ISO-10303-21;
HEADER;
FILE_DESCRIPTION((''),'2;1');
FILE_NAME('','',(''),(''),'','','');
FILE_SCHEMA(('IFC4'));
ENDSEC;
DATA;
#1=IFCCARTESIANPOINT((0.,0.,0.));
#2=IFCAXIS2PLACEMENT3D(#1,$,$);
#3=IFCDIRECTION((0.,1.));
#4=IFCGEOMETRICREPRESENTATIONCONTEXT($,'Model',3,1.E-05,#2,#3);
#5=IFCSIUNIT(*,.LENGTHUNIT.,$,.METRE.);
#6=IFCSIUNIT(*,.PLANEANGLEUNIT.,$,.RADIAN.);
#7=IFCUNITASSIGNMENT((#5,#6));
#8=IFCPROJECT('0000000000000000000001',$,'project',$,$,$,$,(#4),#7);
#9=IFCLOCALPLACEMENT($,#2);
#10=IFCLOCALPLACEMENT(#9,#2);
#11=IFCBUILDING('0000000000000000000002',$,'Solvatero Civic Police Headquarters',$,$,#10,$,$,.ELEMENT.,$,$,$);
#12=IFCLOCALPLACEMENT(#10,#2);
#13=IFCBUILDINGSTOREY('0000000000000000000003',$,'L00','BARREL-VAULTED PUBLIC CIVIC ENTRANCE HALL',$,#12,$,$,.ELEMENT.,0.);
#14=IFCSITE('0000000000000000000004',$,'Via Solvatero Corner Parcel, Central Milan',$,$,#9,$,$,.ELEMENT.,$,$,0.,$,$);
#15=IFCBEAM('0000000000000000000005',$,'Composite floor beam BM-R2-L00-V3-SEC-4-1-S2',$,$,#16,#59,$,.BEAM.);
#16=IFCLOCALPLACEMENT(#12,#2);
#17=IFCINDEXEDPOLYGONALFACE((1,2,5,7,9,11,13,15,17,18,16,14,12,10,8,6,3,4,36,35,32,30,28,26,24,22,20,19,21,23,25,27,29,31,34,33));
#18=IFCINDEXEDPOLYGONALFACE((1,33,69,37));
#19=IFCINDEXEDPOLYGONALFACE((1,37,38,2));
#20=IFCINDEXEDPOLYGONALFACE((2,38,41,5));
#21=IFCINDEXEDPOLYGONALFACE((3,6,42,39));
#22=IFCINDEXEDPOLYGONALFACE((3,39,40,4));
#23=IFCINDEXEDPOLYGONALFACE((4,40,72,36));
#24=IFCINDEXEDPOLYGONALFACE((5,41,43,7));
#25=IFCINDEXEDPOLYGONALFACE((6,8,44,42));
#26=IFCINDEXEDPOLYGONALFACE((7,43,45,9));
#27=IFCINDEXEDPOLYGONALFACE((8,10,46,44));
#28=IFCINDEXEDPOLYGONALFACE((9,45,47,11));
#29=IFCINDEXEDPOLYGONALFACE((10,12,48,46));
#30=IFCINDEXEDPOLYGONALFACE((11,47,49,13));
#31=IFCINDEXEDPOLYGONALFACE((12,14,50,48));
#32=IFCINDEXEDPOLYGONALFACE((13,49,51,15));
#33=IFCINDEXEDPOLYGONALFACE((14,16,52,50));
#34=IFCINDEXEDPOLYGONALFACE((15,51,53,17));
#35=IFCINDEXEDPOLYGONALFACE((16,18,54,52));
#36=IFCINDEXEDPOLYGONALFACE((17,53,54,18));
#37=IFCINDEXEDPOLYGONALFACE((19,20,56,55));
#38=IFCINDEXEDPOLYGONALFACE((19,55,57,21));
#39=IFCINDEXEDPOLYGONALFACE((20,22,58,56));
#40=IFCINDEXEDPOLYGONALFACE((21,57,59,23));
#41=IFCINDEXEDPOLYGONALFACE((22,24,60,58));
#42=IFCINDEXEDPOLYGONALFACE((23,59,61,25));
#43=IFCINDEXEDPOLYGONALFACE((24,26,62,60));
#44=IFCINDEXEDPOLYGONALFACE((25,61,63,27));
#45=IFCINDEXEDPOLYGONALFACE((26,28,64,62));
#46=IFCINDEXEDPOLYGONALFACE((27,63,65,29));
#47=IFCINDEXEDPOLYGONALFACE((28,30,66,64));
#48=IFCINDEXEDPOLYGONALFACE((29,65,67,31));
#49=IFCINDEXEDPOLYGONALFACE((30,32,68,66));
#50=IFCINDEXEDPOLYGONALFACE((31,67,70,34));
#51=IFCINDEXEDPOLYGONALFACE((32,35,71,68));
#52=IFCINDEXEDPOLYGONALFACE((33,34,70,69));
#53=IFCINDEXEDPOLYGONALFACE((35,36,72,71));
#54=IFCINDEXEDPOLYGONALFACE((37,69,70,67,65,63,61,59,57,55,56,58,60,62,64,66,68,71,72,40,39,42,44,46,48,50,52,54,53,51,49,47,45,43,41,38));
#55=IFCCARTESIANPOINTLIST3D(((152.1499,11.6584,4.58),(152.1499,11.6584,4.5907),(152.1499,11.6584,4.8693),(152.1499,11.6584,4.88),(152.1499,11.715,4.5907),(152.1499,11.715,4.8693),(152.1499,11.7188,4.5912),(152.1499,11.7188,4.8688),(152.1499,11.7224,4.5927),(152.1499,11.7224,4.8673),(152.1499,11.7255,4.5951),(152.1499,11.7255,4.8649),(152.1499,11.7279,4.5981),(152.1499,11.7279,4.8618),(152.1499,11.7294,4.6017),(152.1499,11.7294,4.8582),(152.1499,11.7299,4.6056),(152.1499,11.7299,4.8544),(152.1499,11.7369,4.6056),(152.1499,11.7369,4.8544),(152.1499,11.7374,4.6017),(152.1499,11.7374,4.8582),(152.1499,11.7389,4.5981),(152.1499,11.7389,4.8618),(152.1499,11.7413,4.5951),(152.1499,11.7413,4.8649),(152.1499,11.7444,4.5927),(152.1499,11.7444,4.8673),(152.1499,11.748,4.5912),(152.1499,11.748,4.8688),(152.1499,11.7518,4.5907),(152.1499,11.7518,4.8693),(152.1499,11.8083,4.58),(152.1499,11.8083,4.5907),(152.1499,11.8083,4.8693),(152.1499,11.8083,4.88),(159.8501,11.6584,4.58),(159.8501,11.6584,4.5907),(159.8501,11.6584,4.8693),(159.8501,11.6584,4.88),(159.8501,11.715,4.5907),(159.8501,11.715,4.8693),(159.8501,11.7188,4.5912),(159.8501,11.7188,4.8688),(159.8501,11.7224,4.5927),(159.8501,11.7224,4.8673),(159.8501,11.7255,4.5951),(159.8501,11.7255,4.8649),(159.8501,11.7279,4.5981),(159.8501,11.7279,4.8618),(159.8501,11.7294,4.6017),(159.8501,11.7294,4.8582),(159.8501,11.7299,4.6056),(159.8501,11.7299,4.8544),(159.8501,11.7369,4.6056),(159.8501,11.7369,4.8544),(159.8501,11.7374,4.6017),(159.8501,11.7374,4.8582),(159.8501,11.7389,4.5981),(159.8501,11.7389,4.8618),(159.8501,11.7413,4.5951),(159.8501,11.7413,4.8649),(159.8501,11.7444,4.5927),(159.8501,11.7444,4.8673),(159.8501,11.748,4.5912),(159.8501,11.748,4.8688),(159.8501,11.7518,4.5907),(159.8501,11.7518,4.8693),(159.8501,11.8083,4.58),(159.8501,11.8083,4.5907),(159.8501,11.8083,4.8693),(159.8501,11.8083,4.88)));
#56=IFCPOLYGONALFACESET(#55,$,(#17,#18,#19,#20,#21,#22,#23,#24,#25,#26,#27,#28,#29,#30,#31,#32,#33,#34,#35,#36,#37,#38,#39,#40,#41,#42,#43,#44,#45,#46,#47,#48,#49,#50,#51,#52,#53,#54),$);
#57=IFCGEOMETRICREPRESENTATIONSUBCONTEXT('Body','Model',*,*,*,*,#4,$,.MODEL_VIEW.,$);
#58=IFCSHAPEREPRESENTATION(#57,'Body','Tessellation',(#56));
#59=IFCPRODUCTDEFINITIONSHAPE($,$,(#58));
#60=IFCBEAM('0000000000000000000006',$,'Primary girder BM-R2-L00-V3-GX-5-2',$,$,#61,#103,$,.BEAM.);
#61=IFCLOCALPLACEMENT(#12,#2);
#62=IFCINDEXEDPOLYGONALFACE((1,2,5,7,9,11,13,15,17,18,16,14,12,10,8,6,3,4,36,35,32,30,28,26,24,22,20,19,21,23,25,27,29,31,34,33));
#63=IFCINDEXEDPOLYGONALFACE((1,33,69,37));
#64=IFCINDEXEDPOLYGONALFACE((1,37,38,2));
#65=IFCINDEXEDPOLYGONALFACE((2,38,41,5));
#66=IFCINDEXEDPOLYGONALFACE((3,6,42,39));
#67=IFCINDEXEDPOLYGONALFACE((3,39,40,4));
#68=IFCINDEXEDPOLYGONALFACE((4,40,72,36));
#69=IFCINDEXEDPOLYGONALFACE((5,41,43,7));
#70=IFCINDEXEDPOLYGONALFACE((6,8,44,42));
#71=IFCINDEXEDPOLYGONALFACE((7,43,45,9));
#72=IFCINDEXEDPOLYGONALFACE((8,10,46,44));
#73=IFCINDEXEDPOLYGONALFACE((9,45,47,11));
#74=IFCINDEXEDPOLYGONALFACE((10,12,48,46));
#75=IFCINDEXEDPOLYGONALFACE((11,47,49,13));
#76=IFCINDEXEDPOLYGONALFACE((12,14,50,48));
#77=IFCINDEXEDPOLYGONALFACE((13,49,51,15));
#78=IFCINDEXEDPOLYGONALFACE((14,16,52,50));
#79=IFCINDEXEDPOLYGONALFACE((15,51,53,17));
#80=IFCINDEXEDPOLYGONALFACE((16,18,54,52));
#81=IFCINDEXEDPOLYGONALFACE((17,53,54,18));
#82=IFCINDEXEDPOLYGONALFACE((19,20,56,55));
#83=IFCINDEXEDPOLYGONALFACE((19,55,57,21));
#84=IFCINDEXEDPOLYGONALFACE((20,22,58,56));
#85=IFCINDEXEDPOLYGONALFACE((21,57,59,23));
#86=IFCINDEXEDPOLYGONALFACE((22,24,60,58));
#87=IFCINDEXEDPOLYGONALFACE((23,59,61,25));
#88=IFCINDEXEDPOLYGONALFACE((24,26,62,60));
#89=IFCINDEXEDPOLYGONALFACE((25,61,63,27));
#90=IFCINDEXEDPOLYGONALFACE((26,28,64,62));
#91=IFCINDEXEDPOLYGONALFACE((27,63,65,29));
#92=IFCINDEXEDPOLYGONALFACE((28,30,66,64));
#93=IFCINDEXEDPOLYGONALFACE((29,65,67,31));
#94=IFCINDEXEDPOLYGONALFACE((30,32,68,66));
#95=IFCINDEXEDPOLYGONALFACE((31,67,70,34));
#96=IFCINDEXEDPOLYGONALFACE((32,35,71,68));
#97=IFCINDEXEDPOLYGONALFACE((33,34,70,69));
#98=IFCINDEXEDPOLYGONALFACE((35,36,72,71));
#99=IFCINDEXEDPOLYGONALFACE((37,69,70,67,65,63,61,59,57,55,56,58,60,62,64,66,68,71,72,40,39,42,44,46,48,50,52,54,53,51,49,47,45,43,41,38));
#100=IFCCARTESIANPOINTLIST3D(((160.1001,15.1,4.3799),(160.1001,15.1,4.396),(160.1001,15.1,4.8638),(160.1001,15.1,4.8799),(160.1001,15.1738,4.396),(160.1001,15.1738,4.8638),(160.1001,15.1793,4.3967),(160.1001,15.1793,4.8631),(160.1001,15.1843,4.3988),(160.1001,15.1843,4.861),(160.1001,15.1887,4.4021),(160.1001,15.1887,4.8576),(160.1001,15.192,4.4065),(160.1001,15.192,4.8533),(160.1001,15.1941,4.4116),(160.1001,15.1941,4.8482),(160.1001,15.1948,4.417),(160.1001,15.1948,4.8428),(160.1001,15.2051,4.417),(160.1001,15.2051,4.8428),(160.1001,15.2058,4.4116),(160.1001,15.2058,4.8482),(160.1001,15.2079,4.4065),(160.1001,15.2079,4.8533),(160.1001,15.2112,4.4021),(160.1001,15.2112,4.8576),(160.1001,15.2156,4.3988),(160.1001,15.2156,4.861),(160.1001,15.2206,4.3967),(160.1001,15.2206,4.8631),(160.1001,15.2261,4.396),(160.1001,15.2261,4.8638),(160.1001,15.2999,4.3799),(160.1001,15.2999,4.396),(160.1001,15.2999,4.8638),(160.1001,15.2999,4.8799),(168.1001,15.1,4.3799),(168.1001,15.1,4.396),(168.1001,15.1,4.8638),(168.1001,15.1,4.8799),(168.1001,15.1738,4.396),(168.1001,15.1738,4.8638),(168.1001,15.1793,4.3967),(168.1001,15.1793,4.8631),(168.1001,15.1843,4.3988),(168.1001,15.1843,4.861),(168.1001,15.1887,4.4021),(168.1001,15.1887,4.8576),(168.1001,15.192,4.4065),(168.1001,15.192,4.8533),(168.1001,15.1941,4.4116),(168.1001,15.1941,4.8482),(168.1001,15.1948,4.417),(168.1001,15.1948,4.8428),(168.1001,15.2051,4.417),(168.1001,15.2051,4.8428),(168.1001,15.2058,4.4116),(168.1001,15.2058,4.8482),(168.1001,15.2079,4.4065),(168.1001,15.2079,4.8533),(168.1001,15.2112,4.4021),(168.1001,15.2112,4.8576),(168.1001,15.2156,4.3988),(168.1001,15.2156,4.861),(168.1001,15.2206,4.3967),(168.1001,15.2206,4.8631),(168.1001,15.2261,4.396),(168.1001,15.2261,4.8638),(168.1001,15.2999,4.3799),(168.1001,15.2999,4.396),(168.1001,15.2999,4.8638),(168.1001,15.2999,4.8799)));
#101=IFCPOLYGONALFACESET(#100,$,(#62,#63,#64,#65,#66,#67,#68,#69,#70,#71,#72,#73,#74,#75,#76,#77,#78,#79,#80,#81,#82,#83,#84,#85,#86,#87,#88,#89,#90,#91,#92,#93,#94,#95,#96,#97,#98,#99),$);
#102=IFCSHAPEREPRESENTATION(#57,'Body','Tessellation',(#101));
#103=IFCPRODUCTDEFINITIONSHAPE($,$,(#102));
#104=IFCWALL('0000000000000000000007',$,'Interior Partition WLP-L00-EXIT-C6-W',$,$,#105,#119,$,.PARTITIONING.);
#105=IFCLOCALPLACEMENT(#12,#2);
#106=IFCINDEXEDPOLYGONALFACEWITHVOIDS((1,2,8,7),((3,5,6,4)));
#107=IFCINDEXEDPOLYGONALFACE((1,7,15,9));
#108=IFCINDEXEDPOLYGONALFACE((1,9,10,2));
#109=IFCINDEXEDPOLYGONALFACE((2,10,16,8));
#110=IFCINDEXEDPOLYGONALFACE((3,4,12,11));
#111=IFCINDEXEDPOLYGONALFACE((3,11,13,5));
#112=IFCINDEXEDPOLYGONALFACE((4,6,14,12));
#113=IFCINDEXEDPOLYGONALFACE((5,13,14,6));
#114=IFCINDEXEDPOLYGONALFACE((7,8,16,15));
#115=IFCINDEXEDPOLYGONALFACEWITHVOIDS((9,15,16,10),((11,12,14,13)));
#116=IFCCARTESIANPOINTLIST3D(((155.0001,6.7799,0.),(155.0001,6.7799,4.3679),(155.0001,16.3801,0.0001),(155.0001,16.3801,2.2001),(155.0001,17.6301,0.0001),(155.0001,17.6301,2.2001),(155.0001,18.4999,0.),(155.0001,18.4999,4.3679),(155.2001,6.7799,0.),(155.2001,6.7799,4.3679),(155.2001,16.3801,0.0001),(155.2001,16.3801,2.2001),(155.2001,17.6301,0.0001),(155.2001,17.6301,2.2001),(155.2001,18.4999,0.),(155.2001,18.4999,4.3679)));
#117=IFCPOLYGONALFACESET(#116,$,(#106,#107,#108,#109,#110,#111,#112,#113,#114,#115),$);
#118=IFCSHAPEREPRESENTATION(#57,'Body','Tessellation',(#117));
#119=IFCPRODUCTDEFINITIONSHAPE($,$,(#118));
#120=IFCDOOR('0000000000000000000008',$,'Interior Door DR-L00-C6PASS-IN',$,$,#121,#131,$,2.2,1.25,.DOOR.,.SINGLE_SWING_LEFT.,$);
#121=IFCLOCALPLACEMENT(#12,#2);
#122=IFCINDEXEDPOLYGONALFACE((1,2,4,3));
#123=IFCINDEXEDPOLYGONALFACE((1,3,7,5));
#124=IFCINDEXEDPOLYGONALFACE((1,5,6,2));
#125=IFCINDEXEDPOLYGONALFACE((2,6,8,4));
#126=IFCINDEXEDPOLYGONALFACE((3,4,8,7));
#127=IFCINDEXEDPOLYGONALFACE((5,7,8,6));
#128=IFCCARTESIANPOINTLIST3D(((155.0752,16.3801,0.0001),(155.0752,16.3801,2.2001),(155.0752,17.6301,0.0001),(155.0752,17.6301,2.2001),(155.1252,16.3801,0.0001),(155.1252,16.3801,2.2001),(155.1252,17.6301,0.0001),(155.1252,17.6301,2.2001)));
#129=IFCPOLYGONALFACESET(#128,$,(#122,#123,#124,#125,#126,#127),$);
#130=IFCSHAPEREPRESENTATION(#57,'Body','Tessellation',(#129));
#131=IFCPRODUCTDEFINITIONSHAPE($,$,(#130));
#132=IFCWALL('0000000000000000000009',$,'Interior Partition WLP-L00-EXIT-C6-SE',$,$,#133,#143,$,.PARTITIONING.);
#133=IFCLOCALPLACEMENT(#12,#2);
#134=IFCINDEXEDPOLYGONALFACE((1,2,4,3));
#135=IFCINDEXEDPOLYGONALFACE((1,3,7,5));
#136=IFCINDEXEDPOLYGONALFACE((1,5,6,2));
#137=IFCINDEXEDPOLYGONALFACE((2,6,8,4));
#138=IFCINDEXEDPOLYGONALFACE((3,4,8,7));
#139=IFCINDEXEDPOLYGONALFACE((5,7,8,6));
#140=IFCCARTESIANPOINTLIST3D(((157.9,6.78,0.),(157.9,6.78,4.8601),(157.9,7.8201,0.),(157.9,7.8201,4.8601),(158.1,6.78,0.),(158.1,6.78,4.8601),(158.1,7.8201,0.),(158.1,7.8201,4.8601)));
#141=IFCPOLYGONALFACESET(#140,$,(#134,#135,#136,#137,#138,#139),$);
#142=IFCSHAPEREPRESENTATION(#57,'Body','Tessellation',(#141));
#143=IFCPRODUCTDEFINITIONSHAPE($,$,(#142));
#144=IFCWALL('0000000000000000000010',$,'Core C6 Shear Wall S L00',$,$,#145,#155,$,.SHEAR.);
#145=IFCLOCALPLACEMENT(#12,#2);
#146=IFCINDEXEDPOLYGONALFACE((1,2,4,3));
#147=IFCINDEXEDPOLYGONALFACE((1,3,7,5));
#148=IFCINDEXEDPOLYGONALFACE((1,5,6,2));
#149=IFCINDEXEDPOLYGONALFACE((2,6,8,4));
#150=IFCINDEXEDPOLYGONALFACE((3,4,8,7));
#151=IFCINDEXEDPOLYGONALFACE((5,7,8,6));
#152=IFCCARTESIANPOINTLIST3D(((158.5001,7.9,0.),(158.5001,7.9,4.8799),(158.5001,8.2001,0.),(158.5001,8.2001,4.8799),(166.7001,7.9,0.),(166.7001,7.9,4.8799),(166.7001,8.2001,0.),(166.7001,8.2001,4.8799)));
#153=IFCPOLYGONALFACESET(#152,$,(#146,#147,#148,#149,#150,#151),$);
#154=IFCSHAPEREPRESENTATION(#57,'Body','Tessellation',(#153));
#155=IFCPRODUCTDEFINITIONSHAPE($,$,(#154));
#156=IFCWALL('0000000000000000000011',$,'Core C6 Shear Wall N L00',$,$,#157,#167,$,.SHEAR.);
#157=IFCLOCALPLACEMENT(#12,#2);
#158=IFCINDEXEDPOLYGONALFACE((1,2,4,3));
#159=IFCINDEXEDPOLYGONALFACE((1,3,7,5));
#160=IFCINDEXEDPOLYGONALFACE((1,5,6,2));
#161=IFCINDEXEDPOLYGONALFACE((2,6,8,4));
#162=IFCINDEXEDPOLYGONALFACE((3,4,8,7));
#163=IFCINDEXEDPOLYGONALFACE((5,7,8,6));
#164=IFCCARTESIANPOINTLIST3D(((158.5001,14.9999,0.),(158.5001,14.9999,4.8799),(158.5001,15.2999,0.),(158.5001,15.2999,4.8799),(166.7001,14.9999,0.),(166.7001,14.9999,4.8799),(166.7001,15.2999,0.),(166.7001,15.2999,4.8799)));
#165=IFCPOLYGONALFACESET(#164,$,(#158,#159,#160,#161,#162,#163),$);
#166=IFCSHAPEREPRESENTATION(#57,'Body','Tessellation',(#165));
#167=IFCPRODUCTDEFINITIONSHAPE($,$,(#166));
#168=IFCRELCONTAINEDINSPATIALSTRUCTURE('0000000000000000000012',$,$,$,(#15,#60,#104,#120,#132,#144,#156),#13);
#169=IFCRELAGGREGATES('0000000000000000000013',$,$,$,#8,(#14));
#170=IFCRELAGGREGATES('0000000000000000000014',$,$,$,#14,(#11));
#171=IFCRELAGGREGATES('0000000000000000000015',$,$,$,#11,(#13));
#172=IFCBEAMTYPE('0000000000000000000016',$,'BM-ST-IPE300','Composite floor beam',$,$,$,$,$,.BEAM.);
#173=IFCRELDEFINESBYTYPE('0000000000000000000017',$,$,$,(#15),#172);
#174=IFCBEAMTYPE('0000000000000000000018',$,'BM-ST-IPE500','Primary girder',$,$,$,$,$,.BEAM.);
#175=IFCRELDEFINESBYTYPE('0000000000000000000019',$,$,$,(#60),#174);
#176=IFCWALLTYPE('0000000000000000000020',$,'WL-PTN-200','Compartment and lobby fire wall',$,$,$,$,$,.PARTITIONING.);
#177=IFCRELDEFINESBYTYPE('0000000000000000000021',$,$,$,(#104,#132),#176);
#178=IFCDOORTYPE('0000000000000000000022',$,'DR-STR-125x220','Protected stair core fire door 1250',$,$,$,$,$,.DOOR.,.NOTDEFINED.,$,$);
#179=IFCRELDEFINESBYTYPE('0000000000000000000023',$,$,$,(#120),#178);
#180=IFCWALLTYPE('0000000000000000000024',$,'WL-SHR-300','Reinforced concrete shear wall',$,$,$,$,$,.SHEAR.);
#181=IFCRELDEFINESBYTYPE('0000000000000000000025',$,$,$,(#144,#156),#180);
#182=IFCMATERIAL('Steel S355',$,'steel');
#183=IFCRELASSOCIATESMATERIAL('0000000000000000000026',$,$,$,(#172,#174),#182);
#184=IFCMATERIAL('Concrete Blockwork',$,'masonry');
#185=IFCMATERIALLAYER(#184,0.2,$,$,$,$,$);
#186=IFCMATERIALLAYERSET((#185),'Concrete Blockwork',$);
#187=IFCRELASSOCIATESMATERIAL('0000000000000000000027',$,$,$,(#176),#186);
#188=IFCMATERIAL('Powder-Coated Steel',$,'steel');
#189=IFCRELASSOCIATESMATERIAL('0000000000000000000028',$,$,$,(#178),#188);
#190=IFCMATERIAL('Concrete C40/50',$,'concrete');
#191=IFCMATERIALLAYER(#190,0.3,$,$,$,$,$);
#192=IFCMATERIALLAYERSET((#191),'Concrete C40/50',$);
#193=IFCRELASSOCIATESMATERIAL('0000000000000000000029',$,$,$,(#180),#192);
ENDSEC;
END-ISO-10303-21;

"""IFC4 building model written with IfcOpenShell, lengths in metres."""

from ifc_helpers import new_model, si_unit, direction, frame, frame_2d, origin, origin_2d, place, context, subcontext, project, spatial, rectangle, i_section, extrude, material, layer, layer_set, material_profile, profile_set, type_object, element, fill, save


model = new_model("IFC4")

# Units and contexts
model_context = context("Model", 3, precision=1e-05, world=origin(), true_north=direction((0.0, 1.0)))
body_context = subcontext(model_context, "Body", "Model", "MODEL_VIEW")
ifc_project = project(units=[si_unit("LENGTHUNIT", "METRE"), si_unit("PLANEANGLEUNIT", "RADIAN")], contexts=[model_context])

# Site, building, storey
site_placement = place(None, origin())
site = spatial("IfcSite", under=ifc_project, at=site_placement, Name="Via Solvatero Corner Parcel, Central Milan", CompositionType="ELEMENT", RefElevation=0.0)
building_placement = place(site_placement, origin())
building = spatial("IfcBuilding", under=site, at=building_placement, Name="Solvatero Civic Police Headquarters", CompositionType="ELEMENT")
storey_placement = place(building_placement, origin())
storey = spatial("IfcBuildingStorey", under=building, at=storey_placement, Name="L00", Description="BARREL-VAULTED PUBLIC CIVIC ENTRANCE HALL", CompositionType="ELEMENT", Elevation=0.0)

# Shared definitions
ifc_material_1 = material(Name="Concrete C40/50", Category="concrete")

# Beams
ifc_material_2 = material(Name="Steel S355", Category="steel")
ifc_material_profile_1 = material_profile(ifc_material_2, i_section(OverallWidth=0.1499, OverallDepth=0.3, WebThickness=0.0071, FlangeThickness=0.0107, FilletRadius=0.0149, at=origin_2d()), Name="IPE 300")
ifc_profile_set_1 = profile_set([ifc_material_profile_1], Name="Steel S355")
beam_type_1 = type_object("IfcBeamType", Name="BM-ST-IPE300", Description="Composite floor beam", PredefinedType="BEAM", material=ifc_profile_set_1)
for number, where, z_axis, x_axis, name in (
    (1, (152.1499, 11.7334, 4.73), (1.0, 0.0, 0.0), (0.0, 1.0, 0.0), "Composite floor beam BM-R2-L00-V3-SEC-4-1-S2"),
):
    element("IfcBeam", number, at=place(storey_placement, frame(where, z_axis=z_axis, x_axis=x_axis)), inside=storey, type_object=beam_type_1, Name=name, PredefinedType="BEAM", context=body_context, shape_type="SweptSolid", body=[
        extrude(i_section(OverallWidth=0.1499, OverallDepth=0.3, WebThickness=0.0071, FlangeThickness=0.0107, FilletRadius=0.0149, at=origin_2d()), origin(), (0.0, 0.0, 1.0), 7.7002),
    ])
ifc_material_profile_2 = material_profile(ifc_material_2, i_section(OverallWidth=0.2, OverallDepth=0.5, WebThickness=0.0103, FlangeThickness=0.0161, FilletRadius=0.021, at=origin_2d()), Name="IPE 500")
ifc_profile_set_2 = profile_set([ifc_material_profile_2], Name="Steel S355")
beam_type_2 = type_object("IfcBeamType", Name="BM-ST-IPE500", Description="Primary girder", PredefinedType="BEAM", material=ifc_profile_set_2)
beam_1_placement = place(storey_placement, frame((160.1001, 15.2, 4.6299), z_axis=(1.0, 0.0, 0.0), x_axis=(0.0, 1.0, 0.0)))
element("IfcBeam", 2, at=beam_1_placement, inside=storey, type_object=beam_type_2, Name="Primary girder BM-R2-L00-V3-GX-5-2", PredefinedType="BEAM", context=body_context, shape_type="SweptSolid", body=[
    extrude(i_section(OverallWidth=0.2, OverallDepth=0.5, WebThickness=0.0103, FlangeThickness=0.0161, FilletRadius=0.021, at=origin_2d()), origin(), (0.0, 0.0, 1.0), 8.0),
])

# Wall, opening, door
ifc_material_3 = material(Name="Concrete Blockwork", Category="masonry")
ifc_layer_1 = layer(ifc_material_3, 0.2)
ifc_layer_set_1 = layer_set([ifc_layer_1], Name="Concrete Blockwork")
wall_type_1 = type_object("IfcWallType", Name="WL-PTN-200", Description="Compartment and lobby fire wall", PredefinedType="PARTITIONING", material=ifc_layer_set_1)
wall_1_placement = place(storey_placement, frame((155.1001, 6.78, 0.0), z_axis=(0.0, 0.0, 1.0), x_axis=(0.0, 1.0, 0.0)))
wall_1 = element("IfcWall", 3, at=wall_1_placement, inside=storey, type_object=wall_type_1, Name="Interior Partition WLP-L00-EXIT-C6-W", PredefinedType="PARTITIONING", context=body_context, shape_type="SweptSolid", body=[
    extrude(rectangle(XDim=11.72, YDim=0.2, at=frame_2d((5.8599, 0.0))), origin(), (0.0, 0.0, 1.0), 4.3679),
])
opening_1_placement = place(wall_1_placement, frame((9.6001, 0.0, 0.0)))
opening_1 = element("IfcOpeningElement", 4, at=opening_1_placement, cuts=wall_1, PredefinedType="OPENING", context=body_context, shape_type="SweptSolid", body=[
    extrude(rectangle(XDim=1.25, YDim=2.2, at=frame_2d((0.625, 1.1001))), frame((0.0, 0.1099, 0.0), z_axis=(0.0, -1.0, 0.0), x_axis=(1.0, 0.0, 0.0)), (0.0, 0.0, 1.0), 0.22),
])
ifc_material_4 = material(Name="Powder-Coated Steel", Category="steel")
door_type_1 = type_object("IfcDoorType", Name="DR-STR-125x220", Description="Protected stair core fire door 1250", OperationType="NOTDEFINED", PredefinedType="DOOR", material=ifc_material_4)
door_1_placement = place(opening_1_placement, origin())
door_1 = element("IfcDoor", 5, at=door_1_placement, inside=storey, type_object=door_type_1, Name="Interior Door DR-L00-C6PASS-IN", OperationType="SINGLE_SWING_LEFT", OverallHeight=2.2, OverallWidth=1.25, PredefinedType="DOOR", context=body_context, shape_type="SweptSolid", body=[
    extrude(rectangle(XDim=1.25, YDim=2.2, at=frame_2d((0.625, 1.1001))), frame((0.0, 0.0249, 0.0), z_axis=(0.0, -1.0, 0.0), x_axis=(1.0, 0.0, 0.0)), (0.0, 0.0, 1.0), 0.05),
])
fill(opening_1, door_1)

# Walls
wall_2_placement = place(storey_placement, frame((158.0, 6.78, 0.0), z_axis=(0.0, 0.0, 1.0), x_axis=(0.0, 1.0, 0.0)))
element("IfcWall", 6, at=wall_2_placement, inside=storey, type_object=wall_type_1, Name="Interior Partition WLP-L00-EXIT-C6-SE", PredefinedType="PARTITIONING", context=body_context, shape_type="SweptSolid", body=[
    extrude(rectangle(XDim=1.04, YDim=0.2, at=frame_2d((0.52, 0.0))), origin(), (0.0, 0.0, 1.0), 4.8601),
])
ifc_layer_2 = layer(ifc_material_1, 0.3)
ifc_layer_set_2 = layer_set([ifc_layer_2], Name="Concrete C40/50")
wall_type_2 = type_object("IfcWallType", Name="WL-SHR-300", Description="Reinforced concrete shear wall", PredefinedType="SHEAR", material=ifc_layer_set_2)
for number, where, z_axis, x_axis, name in (
    (7, (158.5, 8.05, 0.0), (0.0, 0.0, 1.0), (1.0, 0.0, 0.0), "Core C6 Shear Wall S L00"),
    (8, (158.5, 15.1499, 0.0), (0.0, 0.0, 1.0), (1.0, 0.0, 0.0), "Core C6 Shear Wall N L00"),
):
    element("IfcWall", number, at=place(storey_placement, frame(where, z_axis=z_axis, x_axis=x_axis)), inside=storey, type_object=wall_type_2, Name=name, PredefinedType="SHEAR", context=body_context, shape_type="SweptSolid", body=[
        extrude(rectangle(XDim=8.2, YDim=0.3, at=frame_2d((4.1001, 0.0))), origin(), (0.0, 0.0, 1.0), 4.8799),
    ])

save(model, "model.ifc")
